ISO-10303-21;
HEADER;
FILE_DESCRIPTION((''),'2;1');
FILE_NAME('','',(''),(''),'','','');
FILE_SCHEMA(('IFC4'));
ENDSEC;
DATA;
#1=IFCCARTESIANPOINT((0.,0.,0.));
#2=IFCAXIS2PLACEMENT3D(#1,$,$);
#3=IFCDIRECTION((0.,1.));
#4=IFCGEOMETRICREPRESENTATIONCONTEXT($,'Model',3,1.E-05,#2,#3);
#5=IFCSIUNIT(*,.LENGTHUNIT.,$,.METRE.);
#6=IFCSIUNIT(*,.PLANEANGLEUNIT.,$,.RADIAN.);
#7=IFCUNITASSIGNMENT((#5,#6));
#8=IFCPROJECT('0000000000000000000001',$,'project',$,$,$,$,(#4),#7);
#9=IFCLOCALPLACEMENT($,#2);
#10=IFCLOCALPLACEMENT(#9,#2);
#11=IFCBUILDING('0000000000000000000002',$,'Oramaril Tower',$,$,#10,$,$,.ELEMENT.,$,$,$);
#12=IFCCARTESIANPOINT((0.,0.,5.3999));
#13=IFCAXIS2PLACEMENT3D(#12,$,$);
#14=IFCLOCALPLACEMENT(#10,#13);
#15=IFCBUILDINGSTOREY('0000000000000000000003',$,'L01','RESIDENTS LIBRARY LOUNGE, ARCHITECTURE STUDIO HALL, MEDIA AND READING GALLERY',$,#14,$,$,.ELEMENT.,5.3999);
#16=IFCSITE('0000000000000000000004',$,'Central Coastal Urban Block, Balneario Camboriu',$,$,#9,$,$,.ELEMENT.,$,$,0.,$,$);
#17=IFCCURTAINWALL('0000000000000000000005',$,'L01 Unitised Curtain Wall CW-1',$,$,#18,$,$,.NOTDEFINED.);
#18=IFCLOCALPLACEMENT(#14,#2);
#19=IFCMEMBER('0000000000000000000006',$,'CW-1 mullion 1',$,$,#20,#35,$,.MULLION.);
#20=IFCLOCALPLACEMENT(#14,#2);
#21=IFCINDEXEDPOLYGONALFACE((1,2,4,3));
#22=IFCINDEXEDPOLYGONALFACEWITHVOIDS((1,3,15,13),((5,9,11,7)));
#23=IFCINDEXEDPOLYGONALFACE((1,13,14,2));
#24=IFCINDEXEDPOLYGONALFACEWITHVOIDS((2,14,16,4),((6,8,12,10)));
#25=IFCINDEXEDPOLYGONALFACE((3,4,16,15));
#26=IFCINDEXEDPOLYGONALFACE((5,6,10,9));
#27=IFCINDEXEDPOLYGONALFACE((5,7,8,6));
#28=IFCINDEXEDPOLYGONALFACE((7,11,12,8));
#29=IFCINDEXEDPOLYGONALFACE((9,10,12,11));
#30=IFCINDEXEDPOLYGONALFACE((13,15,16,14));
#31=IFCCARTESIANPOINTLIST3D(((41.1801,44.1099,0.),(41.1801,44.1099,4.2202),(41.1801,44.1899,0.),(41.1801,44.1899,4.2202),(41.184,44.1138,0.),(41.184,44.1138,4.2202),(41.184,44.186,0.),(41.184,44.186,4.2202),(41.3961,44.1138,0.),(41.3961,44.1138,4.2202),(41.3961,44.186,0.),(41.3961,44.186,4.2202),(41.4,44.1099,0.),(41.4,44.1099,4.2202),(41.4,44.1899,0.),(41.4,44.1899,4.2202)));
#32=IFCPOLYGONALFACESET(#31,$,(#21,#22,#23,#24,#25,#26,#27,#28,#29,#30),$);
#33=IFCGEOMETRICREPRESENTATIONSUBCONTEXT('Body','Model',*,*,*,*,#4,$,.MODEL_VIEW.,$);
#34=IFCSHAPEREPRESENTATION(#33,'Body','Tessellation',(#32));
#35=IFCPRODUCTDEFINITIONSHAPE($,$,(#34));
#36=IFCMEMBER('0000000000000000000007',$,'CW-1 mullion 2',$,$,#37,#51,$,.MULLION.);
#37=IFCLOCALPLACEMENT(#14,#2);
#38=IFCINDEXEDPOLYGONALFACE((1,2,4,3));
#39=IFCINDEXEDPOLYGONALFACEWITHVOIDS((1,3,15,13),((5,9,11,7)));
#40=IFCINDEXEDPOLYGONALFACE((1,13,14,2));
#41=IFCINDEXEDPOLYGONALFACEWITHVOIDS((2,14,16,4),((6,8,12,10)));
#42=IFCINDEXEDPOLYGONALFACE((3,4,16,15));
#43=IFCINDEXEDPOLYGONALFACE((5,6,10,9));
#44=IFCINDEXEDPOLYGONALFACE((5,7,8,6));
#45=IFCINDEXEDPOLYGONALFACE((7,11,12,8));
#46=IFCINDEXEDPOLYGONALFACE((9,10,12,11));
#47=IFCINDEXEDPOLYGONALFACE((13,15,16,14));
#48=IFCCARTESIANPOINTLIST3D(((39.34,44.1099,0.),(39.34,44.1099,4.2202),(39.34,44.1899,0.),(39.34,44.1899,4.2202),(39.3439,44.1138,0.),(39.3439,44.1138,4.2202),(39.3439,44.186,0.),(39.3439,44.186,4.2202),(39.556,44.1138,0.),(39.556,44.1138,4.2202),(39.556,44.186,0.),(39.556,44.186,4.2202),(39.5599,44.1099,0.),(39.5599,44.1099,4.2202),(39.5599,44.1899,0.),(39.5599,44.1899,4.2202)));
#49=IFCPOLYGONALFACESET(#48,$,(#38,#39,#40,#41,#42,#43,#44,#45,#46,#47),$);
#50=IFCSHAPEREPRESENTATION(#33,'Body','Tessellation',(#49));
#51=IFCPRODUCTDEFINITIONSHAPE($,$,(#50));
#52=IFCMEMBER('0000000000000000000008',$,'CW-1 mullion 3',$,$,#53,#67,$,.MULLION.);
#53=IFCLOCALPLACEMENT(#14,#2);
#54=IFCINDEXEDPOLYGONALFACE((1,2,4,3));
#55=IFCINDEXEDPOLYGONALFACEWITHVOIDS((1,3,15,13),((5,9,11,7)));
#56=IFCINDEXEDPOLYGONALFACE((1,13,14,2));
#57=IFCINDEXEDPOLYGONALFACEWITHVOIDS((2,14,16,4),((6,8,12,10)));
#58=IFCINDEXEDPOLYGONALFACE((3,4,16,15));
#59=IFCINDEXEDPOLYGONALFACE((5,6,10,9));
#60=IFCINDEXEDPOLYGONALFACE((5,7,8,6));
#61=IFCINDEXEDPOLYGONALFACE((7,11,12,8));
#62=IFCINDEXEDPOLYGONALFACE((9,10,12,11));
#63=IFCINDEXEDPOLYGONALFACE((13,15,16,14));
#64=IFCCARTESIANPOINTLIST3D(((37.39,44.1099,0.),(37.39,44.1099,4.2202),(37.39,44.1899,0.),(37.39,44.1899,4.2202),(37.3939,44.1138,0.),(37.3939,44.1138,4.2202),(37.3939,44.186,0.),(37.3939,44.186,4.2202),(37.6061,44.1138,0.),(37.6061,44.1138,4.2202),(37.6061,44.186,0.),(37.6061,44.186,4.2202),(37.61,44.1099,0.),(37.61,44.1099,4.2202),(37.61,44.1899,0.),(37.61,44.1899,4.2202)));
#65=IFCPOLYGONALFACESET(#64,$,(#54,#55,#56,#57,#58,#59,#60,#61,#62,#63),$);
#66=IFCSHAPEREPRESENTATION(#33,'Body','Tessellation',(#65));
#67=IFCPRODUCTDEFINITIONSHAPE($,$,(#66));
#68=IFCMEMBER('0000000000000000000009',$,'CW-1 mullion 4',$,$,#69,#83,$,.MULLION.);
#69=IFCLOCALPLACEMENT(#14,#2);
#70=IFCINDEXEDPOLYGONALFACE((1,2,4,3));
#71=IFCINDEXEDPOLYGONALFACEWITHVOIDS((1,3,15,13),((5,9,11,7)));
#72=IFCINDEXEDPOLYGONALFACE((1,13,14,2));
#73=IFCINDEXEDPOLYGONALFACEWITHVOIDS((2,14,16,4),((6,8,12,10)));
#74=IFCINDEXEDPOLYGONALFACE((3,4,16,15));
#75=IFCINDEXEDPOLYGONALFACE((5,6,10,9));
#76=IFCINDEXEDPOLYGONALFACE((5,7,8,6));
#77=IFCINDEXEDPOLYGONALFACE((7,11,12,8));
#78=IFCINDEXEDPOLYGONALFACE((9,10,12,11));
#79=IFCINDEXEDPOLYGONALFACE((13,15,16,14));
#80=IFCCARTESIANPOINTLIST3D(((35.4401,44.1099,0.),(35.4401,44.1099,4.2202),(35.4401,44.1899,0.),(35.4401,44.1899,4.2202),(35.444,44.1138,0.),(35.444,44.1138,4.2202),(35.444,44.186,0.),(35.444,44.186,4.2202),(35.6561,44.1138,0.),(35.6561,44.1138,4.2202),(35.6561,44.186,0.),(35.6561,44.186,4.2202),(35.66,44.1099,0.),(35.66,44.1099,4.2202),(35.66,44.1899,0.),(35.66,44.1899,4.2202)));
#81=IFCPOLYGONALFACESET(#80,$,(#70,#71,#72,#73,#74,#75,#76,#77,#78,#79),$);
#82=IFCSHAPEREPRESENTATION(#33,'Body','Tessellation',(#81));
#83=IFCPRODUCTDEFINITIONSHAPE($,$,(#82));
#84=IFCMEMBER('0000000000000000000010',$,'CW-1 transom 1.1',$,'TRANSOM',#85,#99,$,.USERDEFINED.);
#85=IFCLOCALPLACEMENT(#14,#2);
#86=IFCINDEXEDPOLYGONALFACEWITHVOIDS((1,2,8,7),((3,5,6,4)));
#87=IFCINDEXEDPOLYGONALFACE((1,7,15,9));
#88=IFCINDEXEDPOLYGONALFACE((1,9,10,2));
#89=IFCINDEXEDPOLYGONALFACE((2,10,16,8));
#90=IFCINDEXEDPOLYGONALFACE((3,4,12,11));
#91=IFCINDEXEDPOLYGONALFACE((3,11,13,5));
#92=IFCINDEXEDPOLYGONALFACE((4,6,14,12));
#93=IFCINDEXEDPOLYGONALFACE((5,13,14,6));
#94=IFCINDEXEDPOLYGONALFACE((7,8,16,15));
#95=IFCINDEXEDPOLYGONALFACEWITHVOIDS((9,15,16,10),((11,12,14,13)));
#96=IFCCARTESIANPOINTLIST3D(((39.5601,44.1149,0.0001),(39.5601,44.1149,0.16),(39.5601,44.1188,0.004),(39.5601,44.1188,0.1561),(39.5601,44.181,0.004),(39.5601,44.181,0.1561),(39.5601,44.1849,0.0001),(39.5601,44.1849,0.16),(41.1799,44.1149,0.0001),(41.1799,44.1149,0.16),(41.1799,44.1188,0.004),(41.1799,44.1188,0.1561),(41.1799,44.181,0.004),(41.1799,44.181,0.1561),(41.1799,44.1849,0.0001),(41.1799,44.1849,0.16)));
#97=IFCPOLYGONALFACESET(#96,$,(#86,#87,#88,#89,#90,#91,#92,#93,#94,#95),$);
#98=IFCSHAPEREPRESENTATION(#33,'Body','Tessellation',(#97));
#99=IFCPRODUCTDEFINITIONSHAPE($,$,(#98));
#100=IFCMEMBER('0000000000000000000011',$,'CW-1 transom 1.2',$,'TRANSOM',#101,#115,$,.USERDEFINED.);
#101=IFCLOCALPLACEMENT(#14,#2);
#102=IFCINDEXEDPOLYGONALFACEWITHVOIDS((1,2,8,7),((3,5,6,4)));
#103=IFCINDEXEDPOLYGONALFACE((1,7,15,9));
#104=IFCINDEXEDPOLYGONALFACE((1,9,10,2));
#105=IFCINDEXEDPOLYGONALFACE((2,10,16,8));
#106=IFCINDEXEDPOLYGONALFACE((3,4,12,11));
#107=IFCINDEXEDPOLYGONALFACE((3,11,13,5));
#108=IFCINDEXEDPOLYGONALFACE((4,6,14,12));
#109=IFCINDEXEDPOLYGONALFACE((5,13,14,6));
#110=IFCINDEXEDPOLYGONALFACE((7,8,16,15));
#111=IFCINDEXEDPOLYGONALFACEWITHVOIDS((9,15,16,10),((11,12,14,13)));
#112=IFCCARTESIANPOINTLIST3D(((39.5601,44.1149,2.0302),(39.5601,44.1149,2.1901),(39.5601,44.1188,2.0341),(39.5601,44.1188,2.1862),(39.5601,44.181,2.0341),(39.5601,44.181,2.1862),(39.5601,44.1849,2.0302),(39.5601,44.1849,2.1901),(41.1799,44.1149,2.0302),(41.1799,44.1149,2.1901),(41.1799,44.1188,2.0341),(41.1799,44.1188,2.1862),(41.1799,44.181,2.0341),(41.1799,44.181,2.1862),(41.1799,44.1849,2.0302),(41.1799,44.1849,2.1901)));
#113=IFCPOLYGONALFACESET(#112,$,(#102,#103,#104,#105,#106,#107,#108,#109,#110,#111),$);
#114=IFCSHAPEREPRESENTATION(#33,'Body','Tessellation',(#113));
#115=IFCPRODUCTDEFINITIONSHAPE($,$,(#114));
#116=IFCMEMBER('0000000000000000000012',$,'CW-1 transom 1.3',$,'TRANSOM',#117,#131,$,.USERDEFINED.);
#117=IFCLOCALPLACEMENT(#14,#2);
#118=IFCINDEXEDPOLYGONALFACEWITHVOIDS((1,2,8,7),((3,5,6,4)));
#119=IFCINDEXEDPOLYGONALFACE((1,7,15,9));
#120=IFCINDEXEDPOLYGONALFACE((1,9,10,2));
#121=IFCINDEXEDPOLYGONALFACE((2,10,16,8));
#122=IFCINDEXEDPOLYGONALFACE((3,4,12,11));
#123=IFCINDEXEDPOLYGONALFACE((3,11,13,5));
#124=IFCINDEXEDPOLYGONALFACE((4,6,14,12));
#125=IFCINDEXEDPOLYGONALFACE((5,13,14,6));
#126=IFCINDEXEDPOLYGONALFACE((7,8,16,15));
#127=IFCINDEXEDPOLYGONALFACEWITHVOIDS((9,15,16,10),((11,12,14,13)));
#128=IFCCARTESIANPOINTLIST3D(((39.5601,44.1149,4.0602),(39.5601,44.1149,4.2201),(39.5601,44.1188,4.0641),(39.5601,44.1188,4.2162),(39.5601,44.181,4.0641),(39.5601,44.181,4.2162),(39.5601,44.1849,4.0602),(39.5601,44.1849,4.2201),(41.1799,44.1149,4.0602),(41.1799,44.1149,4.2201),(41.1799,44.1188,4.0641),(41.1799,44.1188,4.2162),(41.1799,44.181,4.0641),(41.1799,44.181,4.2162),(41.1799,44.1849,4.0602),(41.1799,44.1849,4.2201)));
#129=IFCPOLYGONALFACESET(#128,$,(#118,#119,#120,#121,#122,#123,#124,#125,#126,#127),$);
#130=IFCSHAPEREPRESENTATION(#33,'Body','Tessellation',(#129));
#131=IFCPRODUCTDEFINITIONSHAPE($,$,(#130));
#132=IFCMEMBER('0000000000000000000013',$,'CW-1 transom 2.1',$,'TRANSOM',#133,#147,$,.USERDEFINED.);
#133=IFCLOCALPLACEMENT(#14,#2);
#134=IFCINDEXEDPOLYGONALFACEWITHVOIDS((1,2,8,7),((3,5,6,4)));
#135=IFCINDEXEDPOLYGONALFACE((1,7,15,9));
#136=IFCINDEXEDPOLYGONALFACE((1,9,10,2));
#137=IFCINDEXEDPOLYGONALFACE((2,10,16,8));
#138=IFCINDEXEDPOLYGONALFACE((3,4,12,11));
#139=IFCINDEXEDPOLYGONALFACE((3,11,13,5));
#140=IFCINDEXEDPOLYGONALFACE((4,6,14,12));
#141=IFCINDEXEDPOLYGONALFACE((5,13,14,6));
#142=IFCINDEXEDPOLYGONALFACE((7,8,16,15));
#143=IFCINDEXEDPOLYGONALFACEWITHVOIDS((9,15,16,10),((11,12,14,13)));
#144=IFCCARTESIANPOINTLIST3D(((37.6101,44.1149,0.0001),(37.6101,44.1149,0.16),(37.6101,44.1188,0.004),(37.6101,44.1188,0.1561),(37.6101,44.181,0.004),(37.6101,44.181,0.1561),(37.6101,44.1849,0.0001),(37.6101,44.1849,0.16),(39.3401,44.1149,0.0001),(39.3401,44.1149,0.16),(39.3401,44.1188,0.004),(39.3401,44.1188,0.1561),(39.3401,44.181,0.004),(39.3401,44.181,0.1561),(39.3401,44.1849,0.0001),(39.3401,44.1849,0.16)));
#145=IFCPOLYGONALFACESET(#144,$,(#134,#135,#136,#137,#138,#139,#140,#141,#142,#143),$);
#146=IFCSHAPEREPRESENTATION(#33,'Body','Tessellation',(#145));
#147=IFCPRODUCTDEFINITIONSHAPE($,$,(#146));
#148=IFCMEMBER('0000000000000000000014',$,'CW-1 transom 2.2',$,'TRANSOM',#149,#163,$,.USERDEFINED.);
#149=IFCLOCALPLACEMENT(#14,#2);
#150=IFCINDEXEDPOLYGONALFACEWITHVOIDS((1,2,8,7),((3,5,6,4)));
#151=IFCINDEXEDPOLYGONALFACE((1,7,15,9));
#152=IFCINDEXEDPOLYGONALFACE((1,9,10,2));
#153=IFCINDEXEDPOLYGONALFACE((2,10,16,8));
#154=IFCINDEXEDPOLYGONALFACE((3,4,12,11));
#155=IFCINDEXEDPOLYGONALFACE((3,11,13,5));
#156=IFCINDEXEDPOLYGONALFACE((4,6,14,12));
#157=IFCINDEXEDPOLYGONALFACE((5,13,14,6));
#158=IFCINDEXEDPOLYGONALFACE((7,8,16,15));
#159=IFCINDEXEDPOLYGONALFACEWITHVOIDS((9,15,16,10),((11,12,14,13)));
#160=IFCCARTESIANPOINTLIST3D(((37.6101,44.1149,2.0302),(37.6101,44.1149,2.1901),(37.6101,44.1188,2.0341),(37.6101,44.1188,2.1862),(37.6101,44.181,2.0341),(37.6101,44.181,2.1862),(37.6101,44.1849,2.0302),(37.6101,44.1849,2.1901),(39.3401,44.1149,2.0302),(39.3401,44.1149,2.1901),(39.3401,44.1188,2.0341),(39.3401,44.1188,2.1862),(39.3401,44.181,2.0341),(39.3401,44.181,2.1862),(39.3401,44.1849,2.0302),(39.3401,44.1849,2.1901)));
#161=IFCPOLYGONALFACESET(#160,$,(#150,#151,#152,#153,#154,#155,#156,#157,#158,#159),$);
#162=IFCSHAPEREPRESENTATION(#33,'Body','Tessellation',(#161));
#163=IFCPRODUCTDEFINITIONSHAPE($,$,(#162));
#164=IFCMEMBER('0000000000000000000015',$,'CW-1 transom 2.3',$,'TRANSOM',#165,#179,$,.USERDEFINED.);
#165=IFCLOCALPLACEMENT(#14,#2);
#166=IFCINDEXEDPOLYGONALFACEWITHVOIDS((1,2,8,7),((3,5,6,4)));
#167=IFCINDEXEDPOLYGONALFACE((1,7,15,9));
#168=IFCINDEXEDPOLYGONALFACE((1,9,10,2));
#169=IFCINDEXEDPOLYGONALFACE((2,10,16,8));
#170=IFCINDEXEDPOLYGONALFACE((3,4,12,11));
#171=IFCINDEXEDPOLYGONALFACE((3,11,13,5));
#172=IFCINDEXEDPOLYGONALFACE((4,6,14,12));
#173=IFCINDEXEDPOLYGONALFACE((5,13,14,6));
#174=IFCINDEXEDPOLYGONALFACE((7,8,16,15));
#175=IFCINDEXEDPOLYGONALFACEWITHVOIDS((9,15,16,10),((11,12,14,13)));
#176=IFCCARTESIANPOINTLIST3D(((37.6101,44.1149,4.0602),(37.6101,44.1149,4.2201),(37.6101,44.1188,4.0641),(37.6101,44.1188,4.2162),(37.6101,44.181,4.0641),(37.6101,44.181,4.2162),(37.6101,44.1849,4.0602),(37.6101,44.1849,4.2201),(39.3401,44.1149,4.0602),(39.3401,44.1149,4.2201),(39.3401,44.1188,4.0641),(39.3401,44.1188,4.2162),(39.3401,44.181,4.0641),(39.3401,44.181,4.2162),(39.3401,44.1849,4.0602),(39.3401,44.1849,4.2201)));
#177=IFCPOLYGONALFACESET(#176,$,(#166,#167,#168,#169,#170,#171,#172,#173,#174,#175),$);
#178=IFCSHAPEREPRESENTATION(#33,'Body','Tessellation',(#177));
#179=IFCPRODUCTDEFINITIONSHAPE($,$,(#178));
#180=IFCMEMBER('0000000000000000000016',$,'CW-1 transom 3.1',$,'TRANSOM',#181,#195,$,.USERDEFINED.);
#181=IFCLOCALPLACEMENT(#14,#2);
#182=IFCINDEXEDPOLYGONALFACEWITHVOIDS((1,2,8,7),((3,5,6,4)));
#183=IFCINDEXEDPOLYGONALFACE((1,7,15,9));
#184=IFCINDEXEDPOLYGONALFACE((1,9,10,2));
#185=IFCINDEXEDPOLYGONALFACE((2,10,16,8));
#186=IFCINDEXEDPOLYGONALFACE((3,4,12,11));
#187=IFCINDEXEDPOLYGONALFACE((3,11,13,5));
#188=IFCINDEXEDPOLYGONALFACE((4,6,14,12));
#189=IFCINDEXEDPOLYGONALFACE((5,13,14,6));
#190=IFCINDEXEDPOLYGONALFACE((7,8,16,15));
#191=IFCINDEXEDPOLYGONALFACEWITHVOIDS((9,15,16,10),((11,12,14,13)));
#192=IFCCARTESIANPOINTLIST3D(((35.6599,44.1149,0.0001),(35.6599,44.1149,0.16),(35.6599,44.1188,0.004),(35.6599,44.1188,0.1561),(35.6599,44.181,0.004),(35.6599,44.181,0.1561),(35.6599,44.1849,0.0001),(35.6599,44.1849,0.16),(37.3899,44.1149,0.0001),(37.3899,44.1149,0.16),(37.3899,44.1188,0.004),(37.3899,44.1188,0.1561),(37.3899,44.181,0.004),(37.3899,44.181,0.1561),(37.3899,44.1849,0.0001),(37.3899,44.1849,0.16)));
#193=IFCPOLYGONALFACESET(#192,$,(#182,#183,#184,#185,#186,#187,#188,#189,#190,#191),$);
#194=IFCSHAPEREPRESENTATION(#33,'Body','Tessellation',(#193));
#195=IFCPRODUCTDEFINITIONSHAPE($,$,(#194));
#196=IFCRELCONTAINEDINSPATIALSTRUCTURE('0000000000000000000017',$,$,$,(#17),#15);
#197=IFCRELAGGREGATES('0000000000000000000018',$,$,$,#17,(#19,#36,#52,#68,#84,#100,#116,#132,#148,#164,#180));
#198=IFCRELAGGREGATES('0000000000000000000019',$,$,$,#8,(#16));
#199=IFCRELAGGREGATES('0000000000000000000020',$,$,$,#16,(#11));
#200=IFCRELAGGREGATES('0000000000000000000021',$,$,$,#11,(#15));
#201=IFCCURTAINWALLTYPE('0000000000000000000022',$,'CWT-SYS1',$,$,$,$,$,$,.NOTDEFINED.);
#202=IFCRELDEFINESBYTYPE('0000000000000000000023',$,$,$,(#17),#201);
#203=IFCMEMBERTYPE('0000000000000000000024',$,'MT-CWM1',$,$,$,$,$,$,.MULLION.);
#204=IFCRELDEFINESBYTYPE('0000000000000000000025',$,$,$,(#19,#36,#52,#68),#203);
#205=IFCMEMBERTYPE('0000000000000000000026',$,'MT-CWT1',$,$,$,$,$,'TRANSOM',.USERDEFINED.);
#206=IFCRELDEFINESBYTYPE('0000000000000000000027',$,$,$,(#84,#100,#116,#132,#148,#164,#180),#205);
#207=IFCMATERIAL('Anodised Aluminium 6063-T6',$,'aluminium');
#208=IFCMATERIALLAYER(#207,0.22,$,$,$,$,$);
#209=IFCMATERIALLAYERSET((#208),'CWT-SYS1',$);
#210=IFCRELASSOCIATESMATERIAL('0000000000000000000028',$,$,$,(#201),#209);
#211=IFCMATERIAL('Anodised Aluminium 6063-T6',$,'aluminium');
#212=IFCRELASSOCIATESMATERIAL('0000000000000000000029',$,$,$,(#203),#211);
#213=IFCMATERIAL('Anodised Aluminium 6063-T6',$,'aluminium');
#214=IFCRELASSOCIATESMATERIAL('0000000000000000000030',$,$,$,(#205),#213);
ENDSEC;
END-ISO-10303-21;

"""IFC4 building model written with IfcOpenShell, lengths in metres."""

from ifc_helpers import new_model, si_unit, direction, frame, origin, origin_2d, place, context, subcontext, project, spatial, hollow_rectangle, extrude, material, layer, layer_set, material_profile, profile_set, type_object, element, aggregate, save


model = new_model("IFC4")

# Units and contexts
model_context = context("Model", 3, precision=1e-05, world=origin(), true_north=direction((0.0, 1.0)))
body_context = subcontext(model_context, "Body", "Model", "MODEL_VIEW")
ifc_project = project(units=[si_unit("LENGTHUNIT", "METRE"), si_unit("PLANEANGLEUNIT", "RADIAN")], contexts=[model_context])

# Site, building, storey
site_placement = place(None, origin())
site = spatial("IfcSite", under=ifc_project, at=site_placement, Name="Central Coastal Urban Block, Balneario Camboriu", CompositionType="ELEMENT", RefElevation=0.0)
building_placement = place(site_placement, origin())
building = spatial("IfcBuilding", under=site, at=building_placement, Name="Oramaril Tower", CompositionType="ELEMENT")
storey_placement = place(building_placement, frame((0.0, 0.0, 5.3999)))
storey = spatial("IfcBuildingStorey", under=building, at=storey_placement, Name="L01", Description="RESIDENTS LIBRARY LOUNGE, ARCHITECTURE STUDIO HALL, MEDIA AND READING GALLERY", CompositionType="ELEMENT", Elevation=5.3999)

# Curtain wall, members
ifc_material_1 = material(Name="Anodised Aluminium 6063-T6", Category="aluminium")
ifc_layer_1 = layer(ifc_material_1, 0.22)
ifc_layer_set_1 = layer_set([ifc_layer_1], Name="CWT-SYS1")
curtain_wall_type = type_object("IfcCurtainWallType", Name="CWT-SYS1", PredefinedType="NOTDEFINED", material=ifc_layer_set_1)
curtain_wall_placement = place(storey_placement, origin())
curtain_wall = element("IfcCurtainWall", 1, at=curtain_wall_placement, inside=storey, type_object=curtain_wall_type, Name="L01 Unitised Curtain Wall CW-1", PredefinedType="NOTDEFINED")
ifc_material_2 = material(Name="Anodised Aluminium 6063-T6", Category="aluminium")
ifc_material_profile_1 = material_profile(ifc_material_2, hollow_rectangle(XDim=0.0801, YDim=0.22, WallThickness=0.0039, at=origin_2d()), Name="CWM220X80")
ifc_profile_set_1 = profile_set([ifc_material_profile_1], Name="Anodised Aluminium 6063-T6")
member_type_1 = type_object("IfcMemberType", Name="MT-CWM1", PredefinedType="MULLION", material=ifc_profile_set_1)
member_1_placement = place(storey_placement, frame((41.29, 44.1499, 0.0), z_axis=(0.0, 0.0, 1.0), x_axis=(0.0, -1.0, 0.0)))
member_1 = element("IfcMember", 2, at=member_1_placement, type_object=member_type_1, Name="CW-1 mullion 1", PredefinedType="MULLION", context=body_context, shape_type="SweptSolid", body=[
    extrude(hollow_rectangle(XDim=0.0801, YDim=0.22, WallThickness=0.0039, at=origin_2d()), origin(), (0.0, 0.0, 1.0), 4.2202),
])
member_2_placement = place(storey_placement, frame((39.45, 44.1499, 0.0), z_axis=(0.0, 0.0, 1.0), x_axis=(0.0, -1.0, 0.0)))
member_2 = element("IfcMember", 3, at=member_2_placement, type_object=member_type_1, Name="CW-1 mullion 2", PredefinedType="MULLION", context=body_context, shape_type="SweptSolid", body=[
    extrude(hollow_rectangle(XDim=0.0801, YDim=0.22, WallThickness=0.0039, at=origin_2d()), origin(), (0.0, 0.0, 1.0), 4.2202),
])
member_3_placement = place(storey_placement, frame((37.5, 44.1499, 0.0), z_axis=(0.0, 0.0, 1.0), x_axis=(0.0, -1.0, 0.0)))
member_3 = element("IfcMember", 4, at=member_3_placement, type_object=member_type_1, Name="CW-1 mullion 3", PredefinedType="MULLION", context=body_context, shape_type="SweptSolid", body=[
    extrude(hollow_rectangle(XDim=0.0801, YDim=0.22, WallThickness=0.0039, at=origin_2d()), origin(), (0.0, 0.0, 1.0), 4.2202),
])
member_4_placement = place(storey_placement, frame((35.55, 44.1499, 0.0), z_axis=(0.0, 0.0, 1.0), x_axis=(0.0, -1.0, 0.0)))
member_4 = element("IfcMember", 5, at=member_4_placement, type_object=member_type_1, Name="CW-1 mullion 4", PredefinedType="MULLION", context=body_context, shape_type="SweptSolid", body=[
    extrude(hollow_rectangle(XDim=0.0801, YDim=0.22, WallThickness=0.0039, at=origin_2d()), origin(), (0.0, 0.0, 1.0), 4.2202),
])
ifc_material_3 = material(Name="Anodised Aluminium 6063-T6", Category="aluminium")
ifc_material_profile_2 = material_profile(ifc_material_3, hollow_rectangle(XDim=0.0701, YDim=0.1599, WallThickness=0.0039, at=origin_2d()), Name="CWT160X70")
ifc_profile_set_2 = profile_set([ifc_material_profile_2], Name="Anodised Aluminium 6063-T6")
member_type_2 = type_object("IfcMemberType", Name="MT-CWT1", ElementType="TRANSOM", PredefinedType="USERDEFINED", material=ifc_profile_set_2)
member_5_placement = place(storey_placement, frame((41.1799, 44.1499, 0.0801), z_axis=(-1.0, 0.0, 0.0), x_axis=(0.0, -1.0, 0.0)))
member_5 = element("IfcMember", 6, at=member_5_placement, type_object=member_type_2, Name="CW-1 transom 1.1", ObjectType="TRANSOM", PredefinedType="USERDEFINED", context=body_context, shape_type="SweptSolid", body=[
    extrude(hollow_rectangle(XDim=0.0701, YDim=0.1599, WallThickness=0.0039, at=origin_2d()), origin(), (0.0, 0.0, 1.0), 1.6199),
])
member_6_placement = place(storey_placement, frame((41.1799, 44.1499, 2.1101), z_axis=(-1.0, 0.0, 0.0), x_axis=(0.0, -1.0, 0.0)))
member_6 = element("IfcMember", 7, at=member_6_placement, type_object=member_type_2, Name="CW-1 transom 1.2", ObjectType="TRANSOM", PredefinedType="USERDEFINED", context=body_context, shape_type="SweptSolid", body=[
    extrude(hollow_rectangle(XDim=0.0701, YDim=0.1599, WallThickness=0.0039, at=origin_2d()), origin(), (0.0, 0.0, 1.0), 1.6199),
])
member_7_placement = place(storey_placement, frame((41.1799, 44.1499, 4.1401), z_axis=(-1.0, 0.0, 0.0), x_axis=(0.0, -1.0, 0.0)))
member_7 = element("IfcMember", 8, at=member_7_placement, type_object=member_type_2, Name="CW-1 transom 1.3", ObjectType="TRANSOM", PredefinedType="USERDEFINED", context=body_context, shape_type="SweptSolid", body=[
    extrude(hollow_rectangle(XDim=0.0701, YDim=0.1599, WallThickness=0.0039, at=origin_2d()), origin(), (0.0, 0.0, 1.0), 1.6199),
])
member_8_placement = place(storey_placement, frame((39.3401, 44.1499, 0.0801), z_axis=(-1.0, 0.0, 0.0), x_axis=(0.0, -1.0, 0.0)))
member_8 = element("IfcMember", 9, at=member_8_placement, type_object=member_type_2, Name="CW-1 transom 2.1", ObjectType="TRANSOM", PredefinedType="USERDEFINED", context=body_context, shape_type="SweptSolid", body=[
    extrude(hollow_rectangle(XDim=0.0701, YDim=0.1599, WallThickness=0.0039, at=origin_2d()), origin(), (0.0, 0.0, 1.0), 1.73),
])
member_9_placement = place(storey_placement, frame((39.3401, 44.1499, 2.1101), z_axis=(-1.0, 0.0, 0.0), x_axis=(0.0, -1.0, 0.0)))
member_9 = element("IfcMember", 10, at=member_9_placement, type_object=member_type_2, Name="CW-1 transom 2.2", ObjectType="TRANSOM", PredefinedType="USERDEFINED", context=body_context, shape_type="SweptSolid", body=[
    extrude(hollow_rectangle(XDim=0.0701, YDim=0.1599, WallThickness=0.0039, at=origin_2d()), origin(), (0.0, 0.0, 1.0), 1.73),
])
member_10_placement = place(storey_placement, frame((39.3401, 44.1499, 4.1401), z_axis=(-1.0, 0.0, 0.0), x_axis=(0.0, -1.0, 0.0)))
member_10 = element("IfcMember", 11, at=member_10_placement, type_object=member_type_2, Name="CW-1 transom 2.3", ObjectType="TRANSOM", PredefinedType="USERDEFINED", context=body_context, shape_type="SweptSolid", body=[
    extrude(hollow_rectangle(XDim=0.0701, YDim=0.1599, WallThickness=0.0039, at=origin_2d()), origin(), (0.0, 0.0, 1.0), 1.73),
])
member_11_placement = place(storey_placement, frame((37.3899, 44.1499, 0.0801), z_axis=(-1.0, 0.0, 0.0), x_axis=(0.0, -1.0, 0.0)))
member_11 = element("IfcMember", 12, at=member_11_placement, type_object=member_type_2, Name="CW-1 transom 3.1", ObjectType="TRANSOM", PredefinedType="USERDEFINED", context=body_context, shape_type="SweptSolid", body=[
    extrude(hollow_rectangle(XDim=0.0701, YDim=0.1599, WallThickness=0.0039, at=origin_2d()), origin(), (0.0, 0.0, 1.0), 1.73),
])
aggregate(curtain_wall, [member_1, member_2, member_3, member_4, member_5, member_6, member_7, member_8, member_9, member_10, member_11])

save(model, "model.ifc")
